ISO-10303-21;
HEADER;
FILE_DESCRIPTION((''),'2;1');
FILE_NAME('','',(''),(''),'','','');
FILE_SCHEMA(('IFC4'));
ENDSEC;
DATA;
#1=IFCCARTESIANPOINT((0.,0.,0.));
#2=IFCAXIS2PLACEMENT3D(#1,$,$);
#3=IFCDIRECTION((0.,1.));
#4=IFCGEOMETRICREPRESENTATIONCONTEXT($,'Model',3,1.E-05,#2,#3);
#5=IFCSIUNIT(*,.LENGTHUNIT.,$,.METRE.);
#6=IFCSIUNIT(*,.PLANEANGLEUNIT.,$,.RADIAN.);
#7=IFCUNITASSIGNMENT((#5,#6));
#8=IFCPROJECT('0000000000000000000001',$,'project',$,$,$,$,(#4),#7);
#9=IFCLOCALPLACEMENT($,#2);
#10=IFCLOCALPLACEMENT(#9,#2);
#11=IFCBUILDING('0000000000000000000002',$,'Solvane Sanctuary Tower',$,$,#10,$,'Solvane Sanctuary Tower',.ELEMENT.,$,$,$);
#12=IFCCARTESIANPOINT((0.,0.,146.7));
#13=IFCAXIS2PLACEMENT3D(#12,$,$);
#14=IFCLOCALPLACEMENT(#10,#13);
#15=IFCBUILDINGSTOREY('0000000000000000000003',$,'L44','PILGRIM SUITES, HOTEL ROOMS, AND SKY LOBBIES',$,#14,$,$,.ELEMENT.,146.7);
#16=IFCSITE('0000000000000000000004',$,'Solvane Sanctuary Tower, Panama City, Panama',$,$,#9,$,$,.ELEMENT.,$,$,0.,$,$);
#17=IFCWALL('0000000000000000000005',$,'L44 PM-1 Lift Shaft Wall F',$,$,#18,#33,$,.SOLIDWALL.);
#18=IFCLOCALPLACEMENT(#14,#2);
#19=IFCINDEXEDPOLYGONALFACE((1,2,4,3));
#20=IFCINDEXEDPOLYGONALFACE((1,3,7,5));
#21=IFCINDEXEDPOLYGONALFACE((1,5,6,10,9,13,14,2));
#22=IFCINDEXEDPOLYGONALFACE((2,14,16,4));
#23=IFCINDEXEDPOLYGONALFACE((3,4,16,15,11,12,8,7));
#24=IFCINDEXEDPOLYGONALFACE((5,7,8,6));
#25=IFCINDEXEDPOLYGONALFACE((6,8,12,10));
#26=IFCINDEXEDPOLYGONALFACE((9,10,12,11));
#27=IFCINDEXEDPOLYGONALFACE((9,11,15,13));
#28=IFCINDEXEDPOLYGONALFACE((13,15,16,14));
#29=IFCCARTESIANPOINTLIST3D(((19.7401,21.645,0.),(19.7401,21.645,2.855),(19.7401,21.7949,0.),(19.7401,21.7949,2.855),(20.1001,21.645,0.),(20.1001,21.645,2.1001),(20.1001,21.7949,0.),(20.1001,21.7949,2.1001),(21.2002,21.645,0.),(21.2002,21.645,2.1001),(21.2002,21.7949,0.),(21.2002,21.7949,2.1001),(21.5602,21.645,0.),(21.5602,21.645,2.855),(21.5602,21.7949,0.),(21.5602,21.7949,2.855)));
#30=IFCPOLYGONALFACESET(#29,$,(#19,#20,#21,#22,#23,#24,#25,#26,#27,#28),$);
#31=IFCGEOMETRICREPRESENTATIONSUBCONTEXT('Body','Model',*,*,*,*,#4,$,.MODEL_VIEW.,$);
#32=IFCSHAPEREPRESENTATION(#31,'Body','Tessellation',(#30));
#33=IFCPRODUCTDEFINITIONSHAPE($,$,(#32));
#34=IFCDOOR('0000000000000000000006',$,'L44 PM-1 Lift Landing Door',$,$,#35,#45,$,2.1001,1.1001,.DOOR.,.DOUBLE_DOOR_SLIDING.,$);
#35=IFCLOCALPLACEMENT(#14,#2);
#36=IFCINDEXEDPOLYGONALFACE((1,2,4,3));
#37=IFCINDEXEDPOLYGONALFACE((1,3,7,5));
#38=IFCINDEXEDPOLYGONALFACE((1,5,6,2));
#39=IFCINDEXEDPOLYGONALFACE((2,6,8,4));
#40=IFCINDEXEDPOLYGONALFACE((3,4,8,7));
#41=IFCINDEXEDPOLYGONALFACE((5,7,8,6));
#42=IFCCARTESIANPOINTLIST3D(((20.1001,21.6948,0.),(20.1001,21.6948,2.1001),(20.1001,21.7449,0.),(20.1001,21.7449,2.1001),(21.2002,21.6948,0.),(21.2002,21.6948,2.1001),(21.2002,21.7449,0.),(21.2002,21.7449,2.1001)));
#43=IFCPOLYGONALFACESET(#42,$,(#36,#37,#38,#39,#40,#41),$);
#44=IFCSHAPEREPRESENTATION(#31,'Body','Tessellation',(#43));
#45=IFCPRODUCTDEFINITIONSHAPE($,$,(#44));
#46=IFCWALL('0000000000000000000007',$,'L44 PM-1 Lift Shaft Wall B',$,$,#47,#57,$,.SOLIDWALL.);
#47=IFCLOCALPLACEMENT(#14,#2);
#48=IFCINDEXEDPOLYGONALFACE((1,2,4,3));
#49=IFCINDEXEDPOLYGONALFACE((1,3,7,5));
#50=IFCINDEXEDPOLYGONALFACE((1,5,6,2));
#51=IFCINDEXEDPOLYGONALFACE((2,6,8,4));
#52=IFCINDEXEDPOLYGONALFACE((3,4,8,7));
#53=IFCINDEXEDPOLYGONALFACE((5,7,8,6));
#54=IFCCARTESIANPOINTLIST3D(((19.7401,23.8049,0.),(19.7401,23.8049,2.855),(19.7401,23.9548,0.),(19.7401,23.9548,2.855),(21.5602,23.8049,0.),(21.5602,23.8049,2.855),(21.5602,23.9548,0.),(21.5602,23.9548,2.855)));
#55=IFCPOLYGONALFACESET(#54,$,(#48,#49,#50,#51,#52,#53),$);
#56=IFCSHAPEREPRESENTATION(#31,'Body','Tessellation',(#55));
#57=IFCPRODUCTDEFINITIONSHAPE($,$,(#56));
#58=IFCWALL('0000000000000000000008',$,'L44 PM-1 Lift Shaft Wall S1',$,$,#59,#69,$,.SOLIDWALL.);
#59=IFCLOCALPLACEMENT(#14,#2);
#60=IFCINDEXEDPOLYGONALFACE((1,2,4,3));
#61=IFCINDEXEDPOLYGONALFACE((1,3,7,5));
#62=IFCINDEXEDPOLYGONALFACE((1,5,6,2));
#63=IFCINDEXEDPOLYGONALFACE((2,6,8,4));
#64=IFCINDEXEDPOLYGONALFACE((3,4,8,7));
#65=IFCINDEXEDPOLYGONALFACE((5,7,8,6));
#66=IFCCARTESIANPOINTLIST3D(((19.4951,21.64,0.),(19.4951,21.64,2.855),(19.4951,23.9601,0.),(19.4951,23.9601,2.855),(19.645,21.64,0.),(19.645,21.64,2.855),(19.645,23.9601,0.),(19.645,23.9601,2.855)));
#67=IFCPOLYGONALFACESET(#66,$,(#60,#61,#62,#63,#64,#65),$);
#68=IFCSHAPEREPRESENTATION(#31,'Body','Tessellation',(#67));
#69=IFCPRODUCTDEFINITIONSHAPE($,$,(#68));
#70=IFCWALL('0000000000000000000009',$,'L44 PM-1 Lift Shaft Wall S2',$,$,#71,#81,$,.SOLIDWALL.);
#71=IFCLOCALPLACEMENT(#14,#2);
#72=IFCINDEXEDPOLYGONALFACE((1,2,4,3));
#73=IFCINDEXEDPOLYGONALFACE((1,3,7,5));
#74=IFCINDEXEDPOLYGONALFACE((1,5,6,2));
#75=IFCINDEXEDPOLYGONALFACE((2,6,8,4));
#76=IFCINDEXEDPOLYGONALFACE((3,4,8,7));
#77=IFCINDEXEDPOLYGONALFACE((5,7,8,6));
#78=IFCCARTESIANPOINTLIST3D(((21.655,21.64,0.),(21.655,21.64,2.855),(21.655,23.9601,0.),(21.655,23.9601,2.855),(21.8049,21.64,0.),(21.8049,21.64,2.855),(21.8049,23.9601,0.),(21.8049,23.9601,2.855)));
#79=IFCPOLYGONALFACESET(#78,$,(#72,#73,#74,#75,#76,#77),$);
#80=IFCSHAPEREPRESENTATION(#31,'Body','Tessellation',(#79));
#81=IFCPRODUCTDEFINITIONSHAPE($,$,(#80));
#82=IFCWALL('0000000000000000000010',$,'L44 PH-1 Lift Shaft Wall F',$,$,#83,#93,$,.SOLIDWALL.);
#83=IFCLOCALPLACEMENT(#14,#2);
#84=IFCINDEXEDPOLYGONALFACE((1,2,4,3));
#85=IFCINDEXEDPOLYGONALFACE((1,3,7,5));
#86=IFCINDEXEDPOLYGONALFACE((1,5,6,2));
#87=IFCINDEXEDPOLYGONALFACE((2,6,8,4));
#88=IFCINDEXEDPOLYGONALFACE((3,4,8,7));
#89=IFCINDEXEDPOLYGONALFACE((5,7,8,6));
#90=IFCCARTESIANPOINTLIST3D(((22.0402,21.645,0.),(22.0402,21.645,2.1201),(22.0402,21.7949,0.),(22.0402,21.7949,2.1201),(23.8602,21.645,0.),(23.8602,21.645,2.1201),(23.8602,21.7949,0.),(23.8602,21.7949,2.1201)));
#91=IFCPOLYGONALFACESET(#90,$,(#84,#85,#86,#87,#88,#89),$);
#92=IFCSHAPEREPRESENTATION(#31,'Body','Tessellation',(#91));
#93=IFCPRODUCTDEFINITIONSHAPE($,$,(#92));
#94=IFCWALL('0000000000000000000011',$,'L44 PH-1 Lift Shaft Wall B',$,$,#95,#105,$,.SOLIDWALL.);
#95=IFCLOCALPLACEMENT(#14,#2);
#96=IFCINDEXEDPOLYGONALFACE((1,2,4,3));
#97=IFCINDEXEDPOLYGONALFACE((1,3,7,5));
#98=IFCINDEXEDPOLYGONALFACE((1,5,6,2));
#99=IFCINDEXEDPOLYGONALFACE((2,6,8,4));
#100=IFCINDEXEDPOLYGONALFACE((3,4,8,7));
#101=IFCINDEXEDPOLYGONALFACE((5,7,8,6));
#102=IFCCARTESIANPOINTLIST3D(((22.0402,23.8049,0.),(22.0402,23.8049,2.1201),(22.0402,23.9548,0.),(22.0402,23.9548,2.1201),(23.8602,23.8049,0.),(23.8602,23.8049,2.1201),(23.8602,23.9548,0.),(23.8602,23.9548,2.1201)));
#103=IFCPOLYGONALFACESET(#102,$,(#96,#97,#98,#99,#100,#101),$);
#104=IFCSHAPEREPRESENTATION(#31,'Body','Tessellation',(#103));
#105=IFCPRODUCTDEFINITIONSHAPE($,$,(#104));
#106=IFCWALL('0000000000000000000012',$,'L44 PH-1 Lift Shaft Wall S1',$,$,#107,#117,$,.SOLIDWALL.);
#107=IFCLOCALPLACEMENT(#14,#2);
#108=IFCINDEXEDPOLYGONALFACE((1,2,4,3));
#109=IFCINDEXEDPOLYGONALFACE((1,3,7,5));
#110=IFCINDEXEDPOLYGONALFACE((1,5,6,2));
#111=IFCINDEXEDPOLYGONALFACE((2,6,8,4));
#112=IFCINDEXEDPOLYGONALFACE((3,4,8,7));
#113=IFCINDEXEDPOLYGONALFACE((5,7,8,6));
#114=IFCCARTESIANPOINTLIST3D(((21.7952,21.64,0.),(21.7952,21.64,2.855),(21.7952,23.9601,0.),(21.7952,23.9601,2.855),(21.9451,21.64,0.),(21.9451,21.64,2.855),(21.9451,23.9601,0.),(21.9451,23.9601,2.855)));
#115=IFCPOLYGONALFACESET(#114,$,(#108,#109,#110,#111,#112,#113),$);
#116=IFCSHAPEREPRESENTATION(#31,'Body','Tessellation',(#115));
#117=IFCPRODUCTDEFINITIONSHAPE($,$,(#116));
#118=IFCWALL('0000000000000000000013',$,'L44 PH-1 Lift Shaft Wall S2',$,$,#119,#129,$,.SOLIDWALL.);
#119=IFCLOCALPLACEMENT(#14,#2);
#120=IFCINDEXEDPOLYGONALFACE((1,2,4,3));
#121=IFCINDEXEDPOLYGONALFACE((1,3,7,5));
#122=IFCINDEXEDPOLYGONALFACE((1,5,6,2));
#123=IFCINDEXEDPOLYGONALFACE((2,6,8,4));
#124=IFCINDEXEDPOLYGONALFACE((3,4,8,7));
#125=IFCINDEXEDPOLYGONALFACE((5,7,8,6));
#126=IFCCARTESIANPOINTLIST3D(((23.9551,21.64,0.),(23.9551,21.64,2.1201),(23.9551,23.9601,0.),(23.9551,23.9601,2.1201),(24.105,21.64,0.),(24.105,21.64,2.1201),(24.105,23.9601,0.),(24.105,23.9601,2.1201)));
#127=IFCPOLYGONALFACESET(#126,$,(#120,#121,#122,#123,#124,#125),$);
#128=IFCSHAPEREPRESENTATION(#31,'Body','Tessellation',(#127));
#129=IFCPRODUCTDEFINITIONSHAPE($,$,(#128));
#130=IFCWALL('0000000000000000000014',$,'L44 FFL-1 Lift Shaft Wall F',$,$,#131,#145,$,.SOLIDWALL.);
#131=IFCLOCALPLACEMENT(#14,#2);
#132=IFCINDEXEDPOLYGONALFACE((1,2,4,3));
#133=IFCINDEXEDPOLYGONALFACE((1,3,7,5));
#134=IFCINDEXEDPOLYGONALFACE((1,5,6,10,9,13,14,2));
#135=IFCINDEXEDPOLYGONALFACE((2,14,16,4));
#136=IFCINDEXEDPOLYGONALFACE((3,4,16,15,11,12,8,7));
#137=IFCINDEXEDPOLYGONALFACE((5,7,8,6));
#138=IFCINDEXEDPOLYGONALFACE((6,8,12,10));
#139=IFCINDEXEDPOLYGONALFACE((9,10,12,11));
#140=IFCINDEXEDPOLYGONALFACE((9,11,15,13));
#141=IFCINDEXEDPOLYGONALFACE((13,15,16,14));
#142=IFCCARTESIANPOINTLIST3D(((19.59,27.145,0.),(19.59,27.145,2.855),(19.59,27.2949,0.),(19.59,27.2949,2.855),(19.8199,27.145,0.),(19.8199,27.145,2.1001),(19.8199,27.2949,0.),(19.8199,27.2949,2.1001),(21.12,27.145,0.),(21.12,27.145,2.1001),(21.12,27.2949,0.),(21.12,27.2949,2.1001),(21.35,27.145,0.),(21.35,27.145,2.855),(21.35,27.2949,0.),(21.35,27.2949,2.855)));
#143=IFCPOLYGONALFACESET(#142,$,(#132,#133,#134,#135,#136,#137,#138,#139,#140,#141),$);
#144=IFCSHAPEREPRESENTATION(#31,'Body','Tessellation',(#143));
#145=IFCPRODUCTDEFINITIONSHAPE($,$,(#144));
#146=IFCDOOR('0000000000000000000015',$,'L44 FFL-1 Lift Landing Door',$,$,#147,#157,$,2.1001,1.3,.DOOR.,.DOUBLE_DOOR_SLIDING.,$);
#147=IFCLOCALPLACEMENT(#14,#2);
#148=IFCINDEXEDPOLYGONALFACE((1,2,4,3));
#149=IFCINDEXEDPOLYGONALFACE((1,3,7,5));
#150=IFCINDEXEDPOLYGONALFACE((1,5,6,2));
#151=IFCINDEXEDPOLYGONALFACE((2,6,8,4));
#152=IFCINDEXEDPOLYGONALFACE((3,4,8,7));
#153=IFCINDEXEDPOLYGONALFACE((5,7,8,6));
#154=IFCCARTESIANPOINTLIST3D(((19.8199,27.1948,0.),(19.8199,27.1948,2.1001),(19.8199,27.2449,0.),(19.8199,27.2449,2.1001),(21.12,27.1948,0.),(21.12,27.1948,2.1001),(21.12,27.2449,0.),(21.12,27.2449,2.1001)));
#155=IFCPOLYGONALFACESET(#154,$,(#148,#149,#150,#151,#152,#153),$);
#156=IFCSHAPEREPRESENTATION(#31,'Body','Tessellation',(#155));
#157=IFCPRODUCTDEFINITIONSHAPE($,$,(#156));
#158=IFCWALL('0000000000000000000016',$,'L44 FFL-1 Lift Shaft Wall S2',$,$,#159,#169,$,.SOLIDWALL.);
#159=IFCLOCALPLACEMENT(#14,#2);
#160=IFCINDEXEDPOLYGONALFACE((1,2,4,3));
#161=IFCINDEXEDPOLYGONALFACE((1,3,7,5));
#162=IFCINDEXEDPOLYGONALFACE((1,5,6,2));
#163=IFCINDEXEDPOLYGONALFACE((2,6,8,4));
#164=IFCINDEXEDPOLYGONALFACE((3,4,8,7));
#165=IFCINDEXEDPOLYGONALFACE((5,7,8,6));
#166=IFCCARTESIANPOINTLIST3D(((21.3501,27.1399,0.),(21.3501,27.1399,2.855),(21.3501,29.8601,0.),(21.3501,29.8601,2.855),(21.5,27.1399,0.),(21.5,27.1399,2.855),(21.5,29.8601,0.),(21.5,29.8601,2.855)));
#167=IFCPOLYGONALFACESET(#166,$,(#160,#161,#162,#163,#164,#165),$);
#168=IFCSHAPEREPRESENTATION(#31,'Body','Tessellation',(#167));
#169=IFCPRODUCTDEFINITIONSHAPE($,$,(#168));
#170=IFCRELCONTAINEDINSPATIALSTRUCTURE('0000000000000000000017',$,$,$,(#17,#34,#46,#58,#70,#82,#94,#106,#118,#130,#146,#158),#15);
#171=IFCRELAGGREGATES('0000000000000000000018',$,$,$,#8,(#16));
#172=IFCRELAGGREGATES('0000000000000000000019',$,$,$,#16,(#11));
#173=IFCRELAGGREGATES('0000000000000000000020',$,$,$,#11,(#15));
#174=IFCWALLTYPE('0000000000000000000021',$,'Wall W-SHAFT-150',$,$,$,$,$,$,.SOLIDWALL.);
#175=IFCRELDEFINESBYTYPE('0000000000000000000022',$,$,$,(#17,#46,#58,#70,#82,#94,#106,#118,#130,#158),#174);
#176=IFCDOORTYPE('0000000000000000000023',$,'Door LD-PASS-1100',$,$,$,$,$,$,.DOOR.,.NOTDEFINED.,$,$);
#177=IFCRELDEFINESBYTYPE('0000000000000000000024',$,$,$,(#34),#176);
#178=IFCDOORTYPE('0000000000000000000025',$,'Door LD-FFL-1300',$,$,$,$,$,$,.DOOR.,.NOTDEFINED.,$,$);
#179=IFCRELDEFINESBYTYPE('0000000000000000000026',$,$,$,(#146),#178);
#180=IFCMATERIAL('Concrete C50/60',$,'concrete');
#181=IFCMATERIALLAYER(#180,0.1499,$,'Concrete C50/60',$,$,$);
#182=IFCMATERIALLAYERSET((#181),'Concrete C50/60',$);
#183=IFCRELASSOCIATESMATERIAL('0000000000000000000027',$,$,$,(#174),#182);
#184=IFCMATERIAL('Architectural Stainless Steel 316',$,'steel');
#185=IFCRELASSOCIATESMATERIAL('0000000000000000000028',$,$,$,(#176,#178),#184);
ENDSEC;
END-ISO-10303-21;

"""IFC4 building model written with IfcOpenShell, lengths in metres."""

from ifc_helpers import new_model, si_unit, direction, frame, frame_2d, origin, place, context, subcontext, project, spatial, rectangle, extrude, material, layer, layer_set, type_object, element, fill, save


model = new_model("IFC4")

# Units and contexts
model_context = context("Model", 3, precision=1e-05, world=origin(), true_north=direction((0.0, 1.0)))
body_context = subcontext(model_context, "Body", "Model", "MODEL_VIEW")
ifc_project = project(units=[si_unit("LENGTHUNIT", "METRE"), si_unit("PLANEANGLEUNIT", "RADIAN")], contexts=[model_context])

# Site, building, storey
site_placement = place(None, origin())
site = spatial("IfcSite", under=ifc_project, at=site_placement, Name="Solvane Sanctuary Tower, Panama City, Panama", CompositionType="ELEMENT", RefElevation=0.0)
building_placement = place(site_placement, origin())
building = spatial("IfcBuilding", under=site, at=building_placement, Name="Solvane Sanctuary Tower", LongName="Solvane Sanctuary Tower", CompositionType="ELEMENT")
storey_placement = place(building_placement, frame((0.0, 0.0, 146.7)))
storey = spatial("IfcBuildingStorey", under=building, at=storey_placement, Name="L44", Description="PILGRIM SUITES, HOTEL ROOMS, AND SKY LOBBIES", CompositionType="ELEMENT", Elevation=146.7)

# Shared definitions
ifc_material_1 = material(Name="Architectural Stainless Steel 316", Category="steel")

# Wall, opening, door
ifc_material_2 = material(Name="Concrete C50/60", Category="concrete")
ifc_layer_1 = layer(ifc_material_2, 0.1499, Name="Concrete C50/60")
ifc_layer_set_1 = layer_set([ifc_layer_1], Name="Concrete C50/60")
wall_type_1 = type_object("IfcWallType", Name="Wall W-SHAFT-150", PredefinedType="SOLIDWALL", material=ifc_layer_set_1)
wall_1_placement = place(storey_placement, frame((19.74, 21.72, 0.0), z_axis=(0.0, 0.0, 1.0), x_axis=(1.0, 0.0, 0.0)))
wall_1 = element("IfcWall", 1, at=wall_1_placement, inside=storey, type_object=wall_type_1, Name="L44 PM-1 Lift Shaft Wall F", PredefinedType="SOLIDWALL", context=body_context, shape_type="SweptSolid", body=[
    extrude(rectangle(XDim=1.8201, YDim=0.1499, at=frame_2d((0.9102, 0.0))), origin(), (0.0, 0.0, 1.0), 2.855),
])
opening_1_placement = place(wall_1_placement, frame((0.3601, 0.0, 0.0)))
opening_1 = element("IfcOpeningElement", 2, at=opening_1_placement, cuts=wall_1, PredefinedType="OPENING", context=body_context, shape_type="SweptSolid", body=[
    extrude(rectangle(XDim=1.1001, YDim=2.1001, at=frame_2d((0.55, 1.05))), frame((0.0, 0.085, 0.0), z_axis=(0.0, -1.0, 0.0), x_axis=(1.0, 0.0, 0.0)), (0.0, 0.0, 1.0), 0.1699),
])
door_type_1 = type_object("IfcDoorType", Name="Door LD-PASS-1100", OperationType="NOTDEFINED", PredefinedType="DOOR", material=ifc_material_1)
door_1_placement = place(opening_1_placement, origin())
door_1 = element("IfcDoor", 3, at=door_1_placement, inside=storey, type_object=door_type_1, Name="L44 PM-1 Lift Landing Door", OperationType="DOUBLE_DOOR_SLIDING", OverallHeight=2.1001, OverallWidth=1.1001, PredefinedType="DOOR", context=body_context, shape_type="SweptSolid", body=[
    extrude(rectangle(XDim=1.1001, YDim=2.1001, at=frame_2d((0.55, 1.05))), frame((0.0, 0.0249, 0.0), z_axis=(0.0, -1.0, 0.0), x_axis=(1.0, 0.0, 0.0)), (0.0, 0.0, 1.0), 0.05),
])
fill(opening_1, door_1)

# Walls
wall_2_placement = place(storey_placement, frame((19.74, 23.8799, 0.0), z_axis=(0.0, 0.0, 1.0), x_axis=(1.0, 0.0, 0.0)))
element("IfcWall", 4, at=wall_2_placement, inside=storey, type_object=wall_type_1, Name="L44 PM-1 Lift Shaft Wall B", PredefinedType="SOLIDWALL", context=body_context, shape_type="SweptSolid", body=[
    extrude(rectangle(XDim=1.8201, YDim=0.1499, at=frame_2d((0.9102, 0.0))), origin(), (0.0, 0.0, 1.0), 2.855),
])
for number, where, z_axis, x_axis, name in (
    (5, (19.5701, 21.6399, 0.0), (0.0, 0.0, 1.0), (0.0, 1.0, 0.0), "L44 PM-1 Lift Shaft Wall S1"),
    (6, (21.73, 21.6399, 0.0), (0.0, 0.0, 1.0), (0.0, 1.0, 0.0), "L44 PM-1 Lift Shaft Wall S2"),
):
    element("IfcWall", number, at=place(storey_placement, frame(where, z_axis=z_axis, x_axis=x_axis)), inside=storey, type_object=wall_type_1, Name=name, PredefinedType="SOLIDWALL", context=body_context, shape_type="SweptSolid", body=[
        extrude(rectangle(XDim=2.3201, YDim=0.1499, at=frame_2d((1.1602, 0.0))), origin(), (0.0, 0.0, 1.0), 2.855),
    ])
for number, where, z_axis, x_axis, name in (
    (7, (22.04, 21.72, 0.0), (0.0, 0.0, 1.0), (1.0, 0.0, 0.0), "L44 PH-1 Lift Shaft Wall F"),
    (8, (22.04, 23.8799, 0.0), (0.0, 0.0, 1.0), (1.0, 0.0, 0.0), "L44 PH-1 Lift Shaft Wall B"),
):
    element("IfcWall", number, at=place(storey_placement, frame(where, z_axis=z_axis, x_axis=x_axis)), inside=storey, type_object=wall_type_1, Name=name, PredefinedType="SOLIDWALL", context=body_context, shape_type="SweptSolid", body=[
        extrude(rectangle(XDim=1.8201, YDim=0.1499, at=frame_2d((0.9102, 0.0))), origin(), (0.0, 0.0, 1.0), 2.1201),
    ])
wall_3_placement = place(storey_placement, frame((21.8701, 21.6399, 0.0), z_axis=(0.0, 0.0, 1.0), x_axis=(0.0, 1.0, 0.0)))
element("IfcWall", 9, at=wall_3_placement, inside=storey, type_object=wall_type_1, Name="L44 PH-1 Lift Shaft Wall S1", PredefinedType="SOLIDWALL", context=body_context, shape_type="SweptSolid", body=[
    extrude(rectangle(XDim=2.3201, YDim=0.1499, at=frame_2d((1.1602, 0.0))), origin(), (0.0, 0.0, 1.0), 2.855),
])
wall_4_placement = place(storey_placement, frame((24.03, 21.6399, 0.0), z_axis=(0.0, 0.0, 1.0), x_axis=(0.0, 1.0, 0.0)))
element("IfcWall", 10, at=wall_4_placement, inside=storey, type_object=wall_type_1, Name="L44 PH-1 Lift Shaft Wall S2", PredefinedType="SOLIDWALL", context=body_context, shape_type="SweptSolid", body=[
    extrude(rectangle(XDim=2.3201, YDim=0.1499, at=frame_2d((1.1602, 0.0))), origin(), (0.0, 0.0, 1.0), 2.1201),
])

# Wall, opening, door
wall_5_placement = place(storey_placement, frame((19.5901, 27.22, 0.0), z_axis=(0.0, 0.0, 1.0), x_axis=(1.0, 0.0, 0.0)))
wall_5 = element("IfcWall", 11, at=wall_5_placement, inside=storey, type_object=wall_type_1, Name="L44 FFL-1 Lift Shaft Wall F", PredefinedType="SOLIDWALL", context=body_context, shape_type="SweptSolid", body=[
    extrude(rectangle(XDim=1.76, YDim=0.1499, at=frame_2d((0.8799, 0.0))), origin(), (0.0, 0.0, 1.0), 2.855),
])
opening_2_placement = place(wall_5_placement, frame((0.23, 0.0, 0.0)))
opening_2 = element("IfcOpeningElement", 12, at=opening_2_placement, cuts=wall_5, PredefinedType="OPENING", context=body_context, shape_type="SweptSolid", body=[
    extrude(rectangle(XDim=1.3, YDim=2.1001, at=frame_2d((0.6499, 1.05))), frame((0.0, 0.085, 0.0), z_axis=(0.0, -1.0, 0.0), x_axis=(1.0, 0.0, 0.0)), (0.0, 0.0, 1.0), 0.1699),
])
door_type_2 = type_object("IfcDoorType", Name="Door LD-FFL-1300", OperationType="NOTDEFINED", PredefinedType="DOOR", material=ifc_material_1)
door_2_placement = place(opening_2_placement, origin())
door_2 = element("IfcDoor", 13, at=door_2_placement, inside=storey, type_object=door_type_2, Name="L44 FFL-1 Lift Landing Door", OperationType="DOUBLE_DOOR_SLIDING", OverallHeight=2.1001, OverallWidth=1.3, PredefinedType="DOOR", context=body_context, shape_type="SweptSolid", body=[
    extrude(rectangle(XDim=1.3, YDim=2.1001, at=frame_2d((0.6499, 1.05))), frame((0.0, 0.0249, 0.0), z_axis=(0.0, -1.0, 0.0), x_axis=(1.0, 0.0, 0.0)), (0.0, 0.0, 1.0), 0.05),
])
fill(opening_2, door_2)

# Wall
wall_6_placement = place(storey_placement, frame((21.425, 27.1399, 0.0), z_axis=(0.0, 0.0, 1.0), x_axis=(0.0, 1.0, 0.0)))
element("IfcWall", 14, at=wall_6_placement, inside=storey, type_object=wall_type_1, Name="L44 FFL-1 Lift Shaft Wall S2", PredefinedType="SOLIDWALL", context=body_context, shape_type="SweptSolid", body=[
    extrude(rectangle(XDim=2.7202, YDim=0.1499, at=frame_2d((1.3601, 0.0))), origin(), (0.0, 0.0, 1.0), 2.855),
])

save(model, "model.ifc")
